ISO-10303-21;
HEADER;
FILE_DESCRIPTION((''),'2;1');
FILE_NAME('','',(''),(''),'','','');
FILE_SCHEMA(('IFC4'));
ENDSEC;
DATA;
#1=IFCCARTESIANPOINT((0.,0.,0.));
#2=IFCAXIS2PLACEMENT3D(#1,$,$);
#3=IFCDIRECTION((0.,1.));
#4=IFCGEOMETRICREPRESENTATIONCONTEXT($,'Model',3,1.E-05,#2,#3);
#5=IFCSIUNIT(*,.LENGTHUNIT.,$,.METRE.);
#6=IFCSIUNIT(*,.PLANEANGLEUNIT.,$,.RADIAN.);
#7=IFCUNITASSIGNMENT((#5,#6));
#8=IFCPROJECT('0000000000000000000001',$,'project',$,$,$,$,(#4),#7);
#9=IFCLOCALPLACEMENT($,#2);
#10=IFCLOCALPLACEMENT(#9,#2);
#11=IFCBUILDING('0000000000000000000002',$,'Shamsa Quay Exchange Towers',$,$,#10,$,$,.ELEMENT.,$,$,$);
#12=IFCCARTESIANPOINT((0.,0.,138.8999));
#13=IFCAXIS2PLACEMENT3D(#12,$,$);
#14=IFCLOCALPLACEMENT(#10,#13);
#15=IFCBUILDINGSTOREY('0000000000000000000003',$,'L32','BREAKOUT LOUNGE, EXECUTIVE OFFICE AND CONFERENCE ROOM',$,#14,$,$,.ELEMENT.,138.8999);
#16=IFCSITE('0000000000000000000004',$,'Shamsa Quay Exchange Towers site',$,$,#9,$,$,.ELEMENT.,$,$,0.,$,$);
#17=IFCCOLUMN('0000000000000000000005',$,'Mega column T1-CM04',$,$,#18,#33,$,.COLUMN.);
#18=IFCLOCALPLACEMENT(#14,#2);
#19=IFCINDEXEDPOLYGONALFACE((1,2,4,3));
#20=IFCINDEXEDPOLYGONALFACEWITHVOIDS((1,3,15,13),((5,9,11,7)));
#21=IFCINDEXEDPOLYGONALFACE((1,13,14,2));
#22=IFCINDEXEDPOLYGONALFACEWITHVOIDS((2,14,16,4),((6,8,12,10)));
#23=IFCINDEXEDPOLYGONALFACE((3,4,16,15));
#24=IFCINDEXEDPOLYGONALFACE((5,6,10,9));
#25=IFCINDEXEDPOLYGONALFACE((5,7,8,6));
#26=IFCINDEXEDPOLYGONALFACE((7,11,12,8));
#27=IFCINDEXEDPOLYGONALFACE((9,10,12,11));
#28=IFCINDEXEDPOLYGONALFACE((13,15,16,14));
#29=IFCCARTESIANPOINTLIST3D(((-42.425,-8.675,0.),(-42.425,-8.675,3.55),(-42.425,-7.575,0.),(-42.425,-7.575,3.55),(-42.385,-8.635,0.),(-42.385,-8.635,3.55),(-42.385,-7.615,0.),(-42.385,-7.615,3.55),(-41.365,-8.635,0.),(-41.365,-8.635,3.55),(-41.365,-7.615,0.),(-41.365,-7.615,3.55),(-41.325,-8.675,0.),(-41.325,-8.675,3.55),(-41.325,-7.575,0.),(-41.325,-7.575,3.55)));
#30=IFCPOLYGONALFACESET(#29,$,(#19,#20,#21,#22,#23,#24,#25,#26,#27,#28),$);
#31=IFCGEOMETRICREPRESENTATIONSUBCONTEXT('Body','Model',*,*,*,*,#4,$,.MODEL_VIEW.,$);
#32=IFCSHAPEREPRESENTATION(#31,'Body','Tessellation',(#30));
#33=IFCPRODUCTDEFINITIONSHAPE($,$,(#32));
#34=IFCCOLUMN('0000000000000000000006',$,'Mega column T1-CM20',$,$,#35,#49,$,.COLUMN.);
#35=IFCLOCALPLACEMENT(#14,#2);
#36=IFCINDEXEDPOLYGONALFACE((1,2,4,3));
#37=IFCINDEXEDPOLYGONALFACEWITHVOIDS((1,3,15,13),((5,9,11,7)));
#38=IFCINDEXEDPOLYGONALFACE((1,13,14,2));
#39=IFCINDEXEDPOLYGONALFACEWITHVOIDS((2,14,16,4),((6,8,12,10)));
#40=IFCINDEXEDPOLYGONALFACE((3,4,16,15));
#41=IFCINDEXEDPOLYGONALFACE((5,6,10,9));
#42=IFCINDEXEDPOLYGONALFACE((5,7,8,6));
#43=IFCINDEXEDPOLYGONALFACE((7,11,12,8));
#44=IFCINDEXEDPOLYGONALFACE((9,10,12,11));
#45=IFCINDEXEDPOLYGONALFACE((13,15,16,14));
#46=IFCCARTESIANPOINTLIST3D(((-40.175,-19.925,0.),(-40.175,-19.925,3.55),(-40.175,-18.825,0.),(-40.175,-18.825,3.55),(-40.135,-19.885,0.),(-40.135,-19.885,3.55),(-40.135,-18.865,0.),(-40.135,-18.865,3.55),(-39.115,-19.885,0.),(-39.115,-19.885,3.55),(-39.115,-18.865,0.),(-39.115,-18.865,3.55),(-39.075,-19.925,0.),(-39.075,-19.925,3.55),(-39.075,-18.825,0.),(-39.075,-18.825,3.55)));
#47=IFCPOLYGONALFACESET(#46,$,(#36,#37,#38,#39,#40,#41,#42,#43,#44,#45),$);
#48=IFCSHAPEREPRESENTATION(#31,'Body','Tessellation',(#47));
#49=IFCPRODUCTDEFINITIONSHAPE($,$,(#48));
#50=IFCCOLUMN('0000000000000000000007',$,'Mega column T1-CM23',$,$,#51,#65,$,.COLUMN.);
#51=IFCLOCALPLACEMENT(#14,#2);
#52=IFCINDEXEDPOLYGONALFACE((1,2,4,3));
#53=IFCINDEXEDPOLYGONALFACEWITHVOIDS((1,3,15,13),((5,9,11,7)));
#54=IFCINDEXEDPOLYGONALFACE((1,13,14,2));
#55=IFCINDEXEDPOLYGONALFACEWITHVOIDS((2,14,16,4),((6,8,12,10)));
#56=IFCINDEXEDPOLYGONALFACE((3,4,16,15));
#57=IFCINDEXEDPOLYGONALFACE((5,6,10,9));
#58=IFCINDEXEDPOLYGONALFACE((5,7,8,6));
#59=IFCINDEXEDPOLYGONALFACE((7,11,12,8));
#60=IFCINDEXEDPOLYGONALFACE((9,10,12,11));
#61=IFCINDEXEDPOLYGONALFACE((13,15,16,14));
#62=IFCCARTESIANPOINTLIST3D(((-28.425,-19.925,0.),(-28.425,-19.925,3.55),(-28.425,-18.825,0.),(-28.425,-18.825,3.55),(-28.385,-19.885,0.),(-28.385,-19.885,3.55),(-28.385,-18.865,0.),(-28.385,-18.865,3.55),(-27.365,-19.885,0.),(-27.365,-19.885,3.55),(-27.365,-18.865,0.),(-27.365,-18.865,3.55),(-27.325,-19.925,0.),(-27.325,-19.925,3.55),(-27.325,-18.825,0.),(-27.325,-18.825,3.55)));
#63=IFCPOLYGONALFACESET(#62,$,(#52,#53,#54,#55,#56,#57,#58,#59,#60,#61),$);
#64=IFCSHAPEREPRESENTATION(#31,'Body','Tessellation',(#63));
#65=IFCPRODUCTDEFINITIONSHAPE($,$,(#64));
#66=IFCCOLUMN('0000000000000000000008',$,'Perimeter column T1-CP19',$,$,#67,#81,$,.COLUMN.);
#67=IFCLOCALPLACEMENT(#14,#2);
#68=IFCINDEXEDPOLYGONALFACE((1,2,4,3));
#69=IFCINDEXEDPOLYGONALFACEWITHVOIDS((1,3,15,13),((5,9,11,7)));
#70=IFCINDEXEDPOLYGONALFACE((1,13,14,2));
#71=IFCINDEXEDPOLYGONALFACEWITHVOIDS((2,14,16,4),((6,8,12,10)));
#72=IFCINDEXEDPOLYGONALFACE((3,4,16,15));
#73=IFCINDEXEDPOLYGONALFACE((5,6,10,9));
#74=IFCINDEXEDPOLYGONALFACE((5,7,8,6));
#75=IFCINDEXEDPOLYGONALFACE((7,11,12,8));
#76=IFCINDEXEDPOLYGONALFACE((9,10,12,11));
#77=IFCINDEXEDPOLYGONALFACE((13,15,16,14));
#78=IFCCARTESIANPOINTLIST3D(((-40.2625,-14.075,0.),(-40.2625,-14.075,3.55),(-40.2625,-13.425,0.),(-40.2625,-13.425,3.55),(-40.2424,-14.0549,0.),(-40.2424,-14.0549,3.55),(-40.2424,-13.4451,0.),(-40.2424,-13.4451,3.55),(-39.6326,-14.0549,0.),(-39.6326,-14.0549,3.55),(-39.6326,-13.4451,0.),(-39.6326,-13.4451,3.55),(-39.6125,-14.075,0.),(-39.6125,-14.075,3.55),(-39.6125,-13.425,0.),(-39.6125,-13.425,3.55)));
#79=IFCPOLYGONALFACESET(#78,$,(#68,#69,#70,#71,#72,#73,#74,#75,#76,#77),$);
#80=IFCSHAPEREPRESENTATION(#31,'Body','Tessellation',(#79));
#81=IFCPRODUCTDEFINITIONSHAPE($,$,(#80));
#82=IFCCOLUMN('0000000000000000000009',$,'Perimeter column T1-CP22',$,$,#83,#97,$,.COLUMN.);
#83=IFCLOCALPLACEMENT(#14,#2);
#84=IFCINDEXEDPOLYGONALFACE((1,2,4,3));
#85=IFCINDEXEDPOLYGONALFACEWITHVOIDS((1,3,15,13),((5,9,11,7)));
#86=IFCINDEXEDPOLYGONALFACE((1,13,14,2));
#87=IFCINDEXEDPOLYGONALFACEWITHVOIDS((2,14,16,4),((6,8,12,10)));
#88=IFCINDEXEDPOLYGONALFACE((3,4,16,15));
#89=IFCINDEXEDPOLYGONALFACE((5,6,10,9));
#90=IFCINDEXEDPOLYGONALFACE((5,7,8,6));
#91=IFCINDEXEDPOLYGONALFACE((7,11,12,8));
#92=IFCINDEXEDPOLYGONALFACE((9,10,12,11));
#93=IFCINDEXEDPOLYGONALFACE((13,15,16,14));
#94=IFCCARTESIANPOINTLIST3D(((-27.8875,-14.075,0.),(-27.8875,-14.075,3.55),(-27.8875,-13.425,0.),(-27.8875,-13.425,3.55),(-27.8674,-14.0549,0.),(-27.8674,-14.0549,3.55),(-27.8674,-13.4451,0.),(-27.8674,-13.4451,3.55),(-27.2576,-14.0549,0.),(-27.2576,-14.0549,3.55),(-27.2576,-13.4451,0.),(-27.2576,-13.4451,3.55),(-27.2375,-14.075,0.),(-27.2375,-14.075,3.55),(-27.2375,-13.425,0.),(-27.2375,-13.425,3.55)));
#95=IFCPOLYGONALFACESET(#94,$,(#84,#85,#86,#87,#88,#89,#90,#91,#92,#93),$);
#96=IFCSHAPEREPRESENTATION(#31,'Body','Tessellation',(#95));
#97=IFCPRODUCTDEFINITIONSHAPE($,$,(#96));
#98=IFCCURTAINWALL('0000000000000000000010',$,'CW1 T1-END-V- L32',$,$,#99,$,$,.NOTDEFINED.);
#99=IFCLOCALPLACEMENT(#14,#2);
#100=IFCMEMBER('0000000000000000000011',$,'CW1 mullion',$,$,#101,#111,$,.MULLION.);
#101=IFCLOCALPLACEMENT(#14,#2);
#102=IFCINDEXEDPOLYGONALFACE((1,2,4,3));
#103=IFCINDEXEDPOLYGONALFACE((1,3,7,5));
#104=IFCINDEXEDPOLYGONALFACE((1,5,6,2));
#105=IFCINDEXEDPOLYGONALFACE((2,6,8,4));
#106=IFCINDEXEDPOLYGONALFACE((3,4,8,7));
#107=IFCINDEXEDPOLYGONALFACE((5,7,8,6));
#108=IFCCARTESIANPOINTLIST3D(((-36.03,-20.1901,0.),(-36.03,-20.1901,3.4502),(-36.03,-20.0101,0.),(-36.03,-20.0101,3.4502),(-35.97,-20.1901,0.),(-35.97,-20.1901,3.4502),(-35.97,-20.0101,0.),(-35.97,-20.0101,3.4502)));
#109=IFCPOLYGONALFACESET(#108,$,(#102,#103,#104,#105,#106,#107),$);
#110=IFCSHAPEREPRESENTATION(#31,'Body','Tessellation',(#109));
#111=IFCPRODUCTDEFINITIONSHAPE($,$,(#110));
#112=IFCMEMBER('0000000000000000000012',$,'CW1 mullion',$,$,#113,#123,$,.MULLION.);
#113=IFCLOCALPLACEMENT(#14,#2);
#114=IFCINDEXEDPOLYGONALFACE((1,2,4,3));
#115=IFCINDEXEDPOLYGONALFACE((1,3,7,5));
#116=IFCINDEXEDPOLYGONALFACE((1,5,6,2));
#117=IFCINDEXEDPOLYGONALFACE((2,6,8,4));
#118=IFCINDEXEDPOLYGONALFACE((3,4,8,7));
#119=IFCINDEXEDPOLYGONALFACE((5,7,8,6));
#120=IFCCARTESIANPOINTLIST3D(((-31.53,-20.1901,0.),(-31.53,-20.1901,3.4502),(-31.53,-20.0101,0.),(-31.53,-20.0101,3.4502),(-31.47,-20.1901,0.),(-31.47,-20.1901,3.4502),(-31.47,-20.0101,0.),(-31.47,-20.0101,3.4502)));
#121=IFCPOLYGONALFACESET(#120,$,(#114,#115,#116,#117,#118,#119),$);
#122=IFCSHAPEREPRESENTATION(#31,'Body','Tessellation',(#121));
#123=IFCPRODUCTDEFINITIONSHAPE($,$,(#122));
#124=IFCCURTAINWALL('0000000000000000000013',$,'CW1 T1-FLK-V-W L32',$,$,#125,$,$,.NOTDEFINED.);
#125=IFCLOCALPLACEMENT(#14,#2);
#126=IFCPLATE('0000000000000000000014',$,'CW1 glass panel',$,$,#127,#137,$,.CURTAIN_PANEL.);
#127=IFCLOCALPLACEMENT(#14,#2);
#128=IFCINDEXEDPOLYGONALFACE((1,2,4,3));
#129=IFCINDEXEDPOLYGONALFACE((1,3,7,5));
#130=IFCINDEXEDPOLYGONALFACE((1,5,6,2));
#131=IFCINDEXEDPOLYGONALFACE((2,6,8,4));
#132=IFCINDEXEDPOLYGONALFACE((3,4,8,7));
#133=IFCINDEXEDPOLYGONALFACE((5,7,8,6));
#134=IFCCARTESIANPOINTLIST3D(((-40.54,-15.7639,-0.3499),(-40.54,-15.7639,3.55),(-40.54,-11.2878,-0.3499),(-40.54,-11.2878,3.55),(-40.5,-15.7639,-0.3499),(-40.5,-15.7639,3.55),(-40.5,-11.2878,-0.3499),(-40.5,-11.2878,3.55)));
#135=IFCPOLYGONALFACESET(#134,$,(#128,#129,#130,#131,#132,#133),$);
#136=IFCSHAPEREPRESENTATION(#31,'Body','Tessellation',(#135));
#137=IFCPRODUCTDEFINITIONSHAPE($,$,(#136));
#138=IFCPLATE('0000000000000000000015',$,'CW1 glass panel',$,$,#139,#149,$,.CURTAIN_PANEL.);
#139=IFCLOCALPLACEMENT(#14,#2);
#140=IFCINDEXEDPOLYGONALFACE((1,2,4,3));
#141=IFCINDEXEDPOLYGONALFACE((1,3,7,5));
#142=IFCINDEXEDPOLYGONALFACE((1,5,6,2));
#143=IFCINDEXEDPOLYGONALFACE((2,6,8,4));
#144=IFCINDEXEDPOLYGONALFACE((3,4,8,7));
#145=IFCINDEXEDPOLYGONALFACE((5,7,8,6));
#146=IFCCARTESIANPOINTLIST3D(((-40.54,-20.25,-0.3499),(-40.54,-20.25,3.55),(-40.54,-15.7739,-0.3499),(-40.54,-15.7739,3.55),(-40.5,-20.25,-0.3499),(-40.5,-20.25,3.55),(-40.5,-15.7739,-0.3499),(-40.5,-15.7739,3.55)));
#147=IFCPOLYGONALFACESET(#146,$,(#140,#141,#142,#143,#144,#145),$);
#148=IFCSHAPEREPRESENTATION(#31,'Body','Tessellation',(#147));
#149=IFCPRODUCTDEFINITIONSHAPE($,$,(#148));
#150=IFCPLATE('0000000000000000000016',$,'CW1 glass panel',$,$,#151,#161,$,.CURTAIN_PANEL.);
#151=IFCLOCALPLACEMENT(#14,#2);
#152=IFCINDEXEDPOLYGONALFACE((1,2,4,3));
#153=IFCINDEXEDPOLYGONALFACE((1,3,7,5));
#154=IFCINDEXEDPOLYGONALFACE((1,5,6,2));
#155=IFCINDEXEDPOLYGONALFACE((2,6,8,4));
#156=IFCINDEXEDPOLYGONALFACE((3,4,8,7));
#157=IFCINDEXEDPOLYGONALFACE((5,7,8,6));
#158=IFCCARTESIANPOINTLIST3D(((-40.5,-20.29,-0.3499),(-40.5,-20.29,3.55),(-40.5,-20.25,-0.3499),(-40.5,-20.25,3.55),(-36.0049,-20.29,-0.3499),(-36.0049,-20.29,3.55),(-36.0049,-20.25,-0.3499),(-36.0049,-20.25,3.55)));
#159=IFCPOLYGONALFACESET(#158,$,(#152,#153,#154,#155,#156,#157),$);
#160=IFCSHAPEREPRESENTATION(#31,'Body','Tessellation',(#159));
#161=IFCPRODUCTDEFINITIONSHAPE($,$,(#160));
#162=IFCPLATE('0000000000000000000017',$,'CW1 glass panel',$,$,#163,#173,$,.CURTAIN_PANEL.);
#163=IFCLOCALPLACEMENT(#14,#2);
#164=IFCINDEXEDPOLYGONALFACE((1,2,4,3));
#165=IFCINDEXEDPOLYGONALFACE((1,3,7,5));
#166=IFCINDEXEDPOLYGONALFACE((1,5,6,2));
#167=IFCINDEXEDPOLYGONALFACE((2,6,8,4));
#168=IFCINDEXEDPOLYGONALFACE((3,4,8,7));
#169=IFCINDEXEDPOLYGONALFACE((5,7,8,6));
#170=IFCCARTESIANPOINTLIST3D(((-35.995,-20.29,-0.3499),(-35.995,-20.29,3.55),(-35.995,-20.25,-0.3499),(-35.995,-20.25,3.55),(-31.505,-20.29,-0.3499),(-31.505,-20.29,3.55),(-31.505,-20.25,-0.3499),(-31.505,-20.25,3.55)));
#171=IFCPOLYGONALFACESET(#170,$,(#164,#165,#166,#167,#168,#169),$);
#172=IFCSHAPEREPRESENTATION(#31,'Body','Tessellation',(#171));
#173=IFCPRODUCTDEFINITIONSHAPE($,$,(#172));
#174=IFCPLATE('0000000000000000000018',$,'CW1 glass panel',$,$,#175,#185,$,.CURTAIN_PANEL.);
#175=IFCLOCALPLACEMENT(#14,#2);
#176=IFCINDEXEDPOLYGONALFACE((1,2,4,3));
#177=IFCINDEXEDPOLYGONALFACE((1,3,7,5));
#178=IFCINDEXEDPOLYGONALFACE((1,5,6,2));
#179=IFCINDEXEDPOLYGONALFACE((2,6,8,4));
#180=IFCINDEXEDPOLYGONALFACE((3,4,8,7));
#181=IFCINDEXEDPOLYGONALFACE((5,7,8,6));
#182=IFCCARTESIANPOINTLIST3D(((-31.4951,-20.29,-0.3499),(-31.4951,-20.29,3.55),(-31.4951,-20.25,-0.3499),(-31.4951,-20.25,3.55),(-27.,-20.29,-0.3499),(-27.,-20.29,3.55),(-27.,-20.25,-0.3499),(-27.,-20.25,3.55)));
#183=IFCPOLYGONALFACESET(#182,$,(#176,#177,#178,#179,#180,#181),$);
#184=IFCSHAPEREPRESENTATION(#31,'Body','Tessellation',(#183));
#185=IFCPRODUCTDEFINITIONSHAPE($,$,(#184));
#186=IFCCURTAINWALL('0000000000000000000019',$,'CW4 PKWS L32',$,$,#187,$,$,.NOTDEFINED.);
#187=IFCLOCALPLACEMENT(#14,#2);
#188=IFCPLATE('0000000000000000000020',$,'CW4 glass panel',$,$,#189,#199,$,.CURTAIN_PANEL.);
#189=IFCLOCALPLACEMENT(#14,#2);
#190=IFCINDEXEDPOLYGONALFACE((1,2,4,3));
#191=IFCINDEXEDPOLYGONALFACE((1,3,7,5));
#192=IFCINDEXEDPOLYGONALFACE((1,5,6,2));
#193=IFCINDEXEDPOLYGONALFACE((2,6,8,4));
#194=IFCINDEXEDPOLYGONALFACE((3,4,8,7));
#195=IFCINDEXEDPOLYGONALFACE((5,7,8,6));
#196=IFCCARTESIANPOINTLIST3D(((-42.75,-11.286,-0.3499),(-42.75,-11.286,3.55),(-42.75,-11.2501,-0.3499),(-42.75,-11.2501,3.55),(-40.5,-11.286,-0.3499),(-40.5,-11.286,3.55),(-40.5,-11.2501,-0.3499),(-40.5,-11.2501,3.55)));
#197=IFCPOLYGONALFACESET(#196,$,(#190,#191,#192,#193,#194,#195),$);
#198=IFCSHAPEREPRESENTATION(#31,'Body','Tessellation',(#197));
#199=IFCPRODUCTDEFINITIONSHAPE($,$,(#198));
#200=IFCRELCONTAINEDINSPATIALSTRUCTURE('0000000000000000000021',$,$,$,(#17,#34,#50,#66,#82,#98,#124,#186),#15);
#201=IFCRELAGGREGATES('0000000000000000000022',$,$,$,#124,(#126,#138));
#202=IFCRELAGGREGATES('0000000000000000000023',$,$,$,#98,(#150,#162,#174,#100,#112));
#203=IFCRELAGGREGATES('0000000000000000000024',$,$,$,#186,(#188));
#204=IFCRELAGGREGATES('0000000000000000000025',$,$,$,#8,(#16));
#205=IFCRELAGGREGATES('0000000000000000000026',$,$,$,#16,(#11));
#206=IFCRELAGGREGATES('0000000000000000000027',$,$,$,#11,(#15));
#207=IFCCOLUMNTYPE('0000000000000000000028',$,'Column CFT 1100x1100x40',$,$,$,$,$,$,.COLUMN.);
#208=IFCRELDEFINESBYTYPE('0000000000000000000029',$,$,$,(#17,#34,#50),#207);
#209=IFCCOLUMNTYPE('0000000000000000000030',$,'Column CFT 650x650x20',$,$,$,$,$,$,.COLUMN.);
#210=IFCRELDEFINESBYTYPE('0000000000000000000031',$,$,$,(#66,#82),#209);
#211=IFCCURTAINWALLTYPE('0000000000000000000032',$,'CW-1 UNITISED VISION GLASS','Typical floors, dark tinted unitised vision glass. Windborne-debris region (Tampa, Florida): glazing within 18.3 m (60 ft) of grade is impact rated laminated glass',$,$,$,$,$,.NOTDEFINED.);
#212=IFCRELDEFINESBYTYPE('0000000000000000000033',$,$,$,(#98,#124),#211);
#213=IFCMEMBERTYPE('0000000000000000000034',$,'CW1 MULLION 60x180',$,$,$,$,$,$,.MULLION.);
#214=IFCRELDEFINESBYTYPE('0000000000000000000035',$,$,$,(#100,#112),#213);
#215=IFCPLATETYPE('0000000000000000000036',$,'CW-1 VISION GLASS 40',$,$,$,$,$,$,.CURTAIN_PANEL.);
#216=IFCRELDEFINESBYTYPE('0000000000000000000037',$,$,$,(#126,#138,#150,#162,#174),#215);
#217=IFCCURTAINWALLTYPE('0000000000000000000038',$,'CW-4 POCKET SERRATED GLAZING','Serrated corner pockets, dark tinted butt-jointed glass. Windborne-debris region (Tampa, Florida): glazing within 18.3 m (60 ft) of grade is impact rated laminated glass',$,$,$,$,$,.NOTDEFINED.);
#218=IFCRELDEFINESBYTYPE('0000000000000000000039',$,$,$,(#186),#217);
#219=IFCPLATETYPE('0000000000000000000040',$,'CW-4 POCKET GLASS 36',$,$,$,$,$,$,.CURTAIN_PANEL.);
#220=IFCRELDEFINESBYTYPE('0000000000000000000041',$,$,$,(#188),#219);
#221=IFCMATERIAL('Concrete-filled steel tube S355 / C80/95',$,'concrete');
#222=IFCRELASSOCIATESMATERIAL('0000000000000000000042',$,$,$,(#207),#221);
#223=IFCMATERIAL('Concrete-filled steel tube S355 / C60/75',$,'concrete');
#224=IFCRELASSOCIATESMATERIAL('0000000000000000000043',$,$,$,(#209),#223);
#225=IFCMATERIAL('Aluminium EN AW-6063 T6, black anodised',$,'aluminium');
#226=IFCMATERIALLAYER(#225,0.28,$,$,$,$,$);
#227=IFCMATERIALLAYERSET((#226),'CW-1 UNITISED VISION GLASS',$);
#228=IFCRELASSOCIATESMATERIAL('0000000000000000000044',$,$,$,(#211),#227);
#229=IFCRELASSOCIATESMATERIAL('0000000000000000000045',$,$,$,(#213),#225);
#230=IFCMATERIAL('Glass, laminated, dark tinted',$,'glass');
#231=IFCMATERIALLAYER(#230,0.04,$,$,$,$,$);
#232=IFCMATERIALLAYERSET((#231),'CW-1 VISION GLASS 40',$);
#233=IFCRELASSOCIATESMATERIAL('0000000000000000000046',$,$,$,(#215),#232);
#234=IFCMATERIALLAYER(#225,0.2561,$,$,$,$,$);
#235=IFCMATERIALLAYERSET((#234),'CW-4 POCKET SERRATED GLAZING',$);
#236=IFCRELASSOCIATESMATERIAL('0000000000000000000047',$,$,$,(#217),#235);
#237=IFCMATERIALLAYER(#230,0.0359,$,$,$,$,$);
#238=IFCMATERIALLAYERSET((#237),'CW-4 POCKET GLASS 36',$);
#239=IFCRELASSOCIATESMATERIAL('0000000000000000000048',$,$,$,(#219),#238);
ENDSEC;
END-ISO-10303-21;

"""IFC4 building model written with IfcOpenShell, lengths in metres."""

from ifc_helpers import new_model, si_unit, direction, frame, origin, origin_2d, place, context, subcontext, project, spatial, rectangle, hollow_rectangle, extrude, material, layer, layer_set, material_profile, profile_set, type_object, element, aggregate, save


model = new_model("IFC4")

# Units and contexts
model_context = context("Model", 3, precision=1e-05, world=origin(), true_north=direction((0.0, 1.0)))
body_context = subcontext(model_context, "Body", "Model", "MODEL_VIEW")
ifc_project = project(units=[si_unit("LENGTHUNIT", "METRE"), si_unit("PLANEANGLEUNIT", "RADIAN")], contexts=[model_context])

# Site, building, storey
site_placement = place(None, origin())
site = spatial("IfcSite", under=ifc_project, at=site_placement, Name="Shamsa Quay Exchange Towers site", CompositionType="ELEMENT", RefElevation=0.0)
building_placement = place(site_placement, origin())
building = spatial("IfcBuilding", under=site, at=building_placement, Name="Shamsa Quay Exchange Towers", CompositionType="ELEMENT")
storey_placement = place(building_placement, frame((0.0, 0.0, 138.8999)))
storey = spatial("IfcBuildingStorey", under=building, at=storey_placement, Name="L32", Description="BREAKOUT LOUNGE, EXECUTIVE OFFICE AND CONFERENCE ROOM", CompositionType="ELEMENT", Elevation=138.8999)

# Columns
ifc_material_1 = material(Name="Concrete-filled steel tube S355 / C80/95", Category="concrete")
ifc_material_profile_1 = material_profile(ifc_material_1, hollow_rectangle(XDim=1.1001, YDim=1.1001, WallThickness=0.04, at=origin_2d()), Name="CFT 1100x1100x40")
ifc_profile_set_1 = profile_set([ifc_material_profile_1], Name="Concrete-filled steel tube S355 / C80/95")
column_type_1 = type_object("IfcColumnType", Name="Column CFT 1100x1100x40", PredefinedType="COLUMN", material=ifc_profile_set_1)
for number, where, name in (
    (1, (-41.875, -8.125, 0.0), "Mega column T1-CM04"),
    (2, (-39.625, -19.375, 0.0), "Mega column T1-CM20"),
    (3, (-27.875, -19.375, 0.0), "Mega column T1-CM23"),
):
    element("IfcColumn", number, at=place(storey_placement, frame(where)), inside=storey, type_object=column_type_1, Name=name, PredefinedType="COLUMN", context=body_context, shape_type="SweptSolid", body=[
        extrude(hollow_rectangle(XDim=1.1001, YDim=1.1001, WallThickness=0.04, at=origin_2d()), origin(), (0.0, 0.0, 1.0), 3.55),
    ])
ifc_material_2 = material(Name="Concrete-filled steel tube S355 / C60/75", Category="concrete")
ifc_material_profile_2 = material_profile(ifc_material_2, hollow_rectangle(XDim=0.6499, YDim=0.6499, WallThickness=0.02, at=origin_2d()), Name="CFT 650x650x20")
ifc_profile_set_2 = profile_set([ifc_material_profile_2], Name="Concrete-filled steel tube S355 / C60/75")
column_type_2 = type_object("IfcColumnType", Name="Column CFT 650x650x20", PredefinedType="COLUMN", material=ifc_profile_set_2)
for number, where, name in (
    (4, (-39.9375, -13.75, 0.0), "Perimeter column T1-CP19"),
    (5, (-27.5625, -13.75, 0.0), "Perimeter column T1-CP22"),
):
    element("IfcColumn", number, at=place(storey_placement, frame(where)), inside=storey, type_object=column_type_2, Name=name, PredefinedType="COLUMN", context=body_context, shape_type="SweptSolid", body=[
        extrude(hollow_rectangle(XDim=0.6499, YDim=0.6499, WallThickness=0.02, at=origin_2d()), origin(), (0.0, 0.0, 1.0), 3.55),
    ])

# Curtain wall, members
ifc_material_3 = material(Name="Aluminium EN AW-6063 T6, black anodised", Category="aluminium")
ifc_layer_1 = layer(ifc_material_3, 0.28)
ifc_layer_set_1 = layer_set([ifc_layer_1], Name="CW-1 UNITISED VISION GLASS")
curtain_wall_type_1 = type_object("IfcCurtainWallType", Name="CW-1 UNITISED VISION GLASS", Description="Typical floors, dark tinted unitised vision glass. Windborne-debris region (Tampa, Florida): glazing within 18.3 m (60 ft) of grade is impact rated laminated glass", PredefinedType="NOTDEFINED", material=ifc_layer_set_1)
curtain_wall_1_placement = place(storey_placement, origin())
curtain_wall_1 = element("IfcCurtainWall", 6, at=curtain_wall_1_placement, inside=storey, type_object=curtain_wall_type_1, Name="CW1 T1-END-V- L32", PredefinedType="NOTDEFINED")
ifc_material_profile_3 = material_profile(ifc_material_3, rectangle(XDim=0.1799, YDim=0.0601, at=origin_2d()), Name="MU60x180")
ifc_profile_set_3 = profile_set([ifc_material_profile_3], Name="Aluminium EN AW-6063 T6, black anodised")
member_type = type_object("IfcMemberType", Name="CW1 MULLION 60x180", PredefinedType="MULLION", material=ifc_profile_set_3)
member_1_placement = place(storey_placement, frame((-36.0, -20.1001, 0.0), z_axis=(0.0, 0.0, 1.0), x_axis=(0.0, 1.0, 0.0)))
member_1 = element("IfcMember", 7, at=member_1_placement, type_object=member_type, Name="CW1 mullion", PredefinedType="MULLION", context=body_context, shape_type="SweptSolid", body=[
    extrude(rectangle(XDim=0.1799, YDim=0.0601, at=origin_2d()), origin(), (0.0, 0.0, 1.0), 3.4502),
])
member_2_placement = place(storey_placement, frame((-31.5, -20.1001, 0.0), z_axis=(0.0, 0.0, 1.0), x_axis=(0.0, 1.0, 0.0)))
member_2 = element("IfcMember", 8, at=member_2_placement, type_object=member_type, Name="CW1 mullion", PredefinedType="MULLION", context=body_context, shape_type="SweptSolid", body=[
    extrude(rectangle(XDim=0.1799, YDim=0.0601, at=origin_2d()), origin(), (0.0, 0.0, 1.0), 3.4502),
])

# Curtain wall, plates
curtain_wall_2_placement = place(storey_placement, origin())
curtain_wall_2 = element("IfcCurtainWall", 9, at=curtain_wall_2_placement, inside=storey, type_object=curtain_wall_type_1, Name="CW1 T1-FLK-V-W L32", PredefinedType="NOTDEFINED")
ifc_material_4 = material(Name="Glass, laminated, dark tinted", Category="glass")
ifc_layer_2 = layer(ifc_material_4, 0.04)
ifc_layer_set_2 = layer_set([ifc_layer_2], Name="CW-1 VISION GLASS 40")
plate_type_1 = type_object("IfcPlateType", Name="CW-1 VISION GLASS 40", PredefinedType="CURTAIN_PANEL", material=ifc_layer_set_2)
plate_1_placement = place(storey_placement, frame((-40.52, -13.5259, -0.3499), z_axis=(0.0, 0.0, 1.0), x_axis=(0.0, -1.0, 0.0)))
plate_1 = element("IfcPlate", 10, at=plate_1_placement, type_object=plate_type_1, Name="CW1 glass panel", PredefinedType="CURTAIN_PANEL", context=body_context, shape_type="SweptSolid", body=[
    extrude(rectangle(XDim=4.4761, YDim=0.04, at=origin_2d()), origin(), (0.0, 0.0, 1.0), 3.8999),
])
plate_2_placement = place(storey_placement, frame((-40.52, -18.012, -0.3499), z_axis=(0.0, 0.0, 1.0), x_axis=(0.0, -1.0, 0.0)))
plate_2 = element("IfcPlate", 11, at=plate_2_placement, type_object=plate_type_1, Name="CW1 glass panel", PredefinedType="CURTAIN_PANEL", context=body_context, shape_type="SweptSolid", body=[
    extrude(rectangle(XDim=4.4761, YDim=0.04, at=origin_2d()), origin(), (0.0, 0.0, 1.0), 3.8999),
])
aggregate(curtain_wall_2, [plate_1, plate_2])

# Plates
plate_3_placement = place(storey_placement, frame((-38.2524, -20.27, -0.3499)))
plate_3 = element("IfcPlate", 12, at=plate_3_placement, type_object=plate_type_1, Name="CW1 glass panel", PredefinedType="CURTAIN_PANEL", context=body_context, shape_type="SweptSolid", body=[
    extrude(rectangle(XDim=4.4951, YDim=0.04, at=origin_2d()), origin(), (0.0, 0.0, 1.0), 3.8999),
])
plate_4_placement = place(storey_placement, frame((-33.75, -20.27, -0.3499)))
plate_4 = element("IfcPlate", 13, at=plate_4_placement, type_object=plate_type_1, Name="CW1 glass panel", PredefinedType="CURTAIN_PANEL", context=body_context, shape_type="SweptSolid", body=[
    extrude(rectangle(XDim=4.49, YDim=0.04, at=origin_2d()), origin(), (0.0, 0.0, 1.0), 3.8999),
])
plate_5_placement = place(storey_placement, frame((-29.2476, -20.27, -0.3499)))
plate_5 = element("IfcPlate", 14, at=plate_5_placement, type_object=plate_type_1, Name="CW1 glass panel", PredefinedType="CURTAIN_PANEL", context=body_context, shape_type="SweptSolid", body=[
    extrude(rectangle(XDim=4.4951, YDim=0.04, at=origin_2d()), origin(), (0.0, 0.0, 1.0), 3.8999),
])
aggregate(curtain_wall_1, [plate_3, plate_4, plate_5, member_1, member_2])

# Curtain wall, plate
ifc_layer_3 = layer(ifc_material_3, 0.2561)
ifc_layer_set_3 = layer_set([ifc_layer_3], Name="CW-4 POCKET SERRATED GLAZING")
curtain_wall_type_2 = type_object("IfcCurtainWallType", Name="CW-4 POCKET SERRATED GLAZING", Description="Serrated corner pockets, dark tinted butt-jointed glass. Windborne-debris region (Tampa, Florida): glazing within 18.3 m (60 ft) of grade is impact rated laminated glass", PredefinedType="NOTDEFINED", material=ifc_layer_set_3)
curtain_wall_3_placement = place(storey_placement, origin())
curtain_wall_3 = element("IfcCurtainWall", 15, at=curtain_wall_3_placement, inside=storey, type_object=curtain_wall_type_2, Name="CW4 PKWS L32", PredefinedType="NOTDEFINED")
ifc_layer_4 = layer(ifc_material_4, 0.0359)
ifc_layer_set_4 = layer_set([ifc_layer_4], Name="CW-4 POCKET GLASS 36")
plate_type_2 = type_object("IfcPlateType", Name="CW-4 POCKET GLASS 36", PredefinedType="CURTAIN_PANEL", material=ifc_layer_set_4)
plate_6_placement = place(storey_placement, frame((-41.625, -11.2681, -0.3499)))
plate_6 = element("IfcPlate", 16, at=plate_6_placement, type_object=plate_type_2, Name="CW4 glass panel", PredefinedType="CURTAIN_PANEL", context=body_context, shape_type="SweptSolid", body=[
    extrude(rectangle(XDim=2.25, YDim=0.0359, at=origin_2d()), origin(), (0.0, 0.0, 1.0), 3.8999),
])
aggregate(curtain_wall_3, [plate_6])

save(model, "model.ifc")
